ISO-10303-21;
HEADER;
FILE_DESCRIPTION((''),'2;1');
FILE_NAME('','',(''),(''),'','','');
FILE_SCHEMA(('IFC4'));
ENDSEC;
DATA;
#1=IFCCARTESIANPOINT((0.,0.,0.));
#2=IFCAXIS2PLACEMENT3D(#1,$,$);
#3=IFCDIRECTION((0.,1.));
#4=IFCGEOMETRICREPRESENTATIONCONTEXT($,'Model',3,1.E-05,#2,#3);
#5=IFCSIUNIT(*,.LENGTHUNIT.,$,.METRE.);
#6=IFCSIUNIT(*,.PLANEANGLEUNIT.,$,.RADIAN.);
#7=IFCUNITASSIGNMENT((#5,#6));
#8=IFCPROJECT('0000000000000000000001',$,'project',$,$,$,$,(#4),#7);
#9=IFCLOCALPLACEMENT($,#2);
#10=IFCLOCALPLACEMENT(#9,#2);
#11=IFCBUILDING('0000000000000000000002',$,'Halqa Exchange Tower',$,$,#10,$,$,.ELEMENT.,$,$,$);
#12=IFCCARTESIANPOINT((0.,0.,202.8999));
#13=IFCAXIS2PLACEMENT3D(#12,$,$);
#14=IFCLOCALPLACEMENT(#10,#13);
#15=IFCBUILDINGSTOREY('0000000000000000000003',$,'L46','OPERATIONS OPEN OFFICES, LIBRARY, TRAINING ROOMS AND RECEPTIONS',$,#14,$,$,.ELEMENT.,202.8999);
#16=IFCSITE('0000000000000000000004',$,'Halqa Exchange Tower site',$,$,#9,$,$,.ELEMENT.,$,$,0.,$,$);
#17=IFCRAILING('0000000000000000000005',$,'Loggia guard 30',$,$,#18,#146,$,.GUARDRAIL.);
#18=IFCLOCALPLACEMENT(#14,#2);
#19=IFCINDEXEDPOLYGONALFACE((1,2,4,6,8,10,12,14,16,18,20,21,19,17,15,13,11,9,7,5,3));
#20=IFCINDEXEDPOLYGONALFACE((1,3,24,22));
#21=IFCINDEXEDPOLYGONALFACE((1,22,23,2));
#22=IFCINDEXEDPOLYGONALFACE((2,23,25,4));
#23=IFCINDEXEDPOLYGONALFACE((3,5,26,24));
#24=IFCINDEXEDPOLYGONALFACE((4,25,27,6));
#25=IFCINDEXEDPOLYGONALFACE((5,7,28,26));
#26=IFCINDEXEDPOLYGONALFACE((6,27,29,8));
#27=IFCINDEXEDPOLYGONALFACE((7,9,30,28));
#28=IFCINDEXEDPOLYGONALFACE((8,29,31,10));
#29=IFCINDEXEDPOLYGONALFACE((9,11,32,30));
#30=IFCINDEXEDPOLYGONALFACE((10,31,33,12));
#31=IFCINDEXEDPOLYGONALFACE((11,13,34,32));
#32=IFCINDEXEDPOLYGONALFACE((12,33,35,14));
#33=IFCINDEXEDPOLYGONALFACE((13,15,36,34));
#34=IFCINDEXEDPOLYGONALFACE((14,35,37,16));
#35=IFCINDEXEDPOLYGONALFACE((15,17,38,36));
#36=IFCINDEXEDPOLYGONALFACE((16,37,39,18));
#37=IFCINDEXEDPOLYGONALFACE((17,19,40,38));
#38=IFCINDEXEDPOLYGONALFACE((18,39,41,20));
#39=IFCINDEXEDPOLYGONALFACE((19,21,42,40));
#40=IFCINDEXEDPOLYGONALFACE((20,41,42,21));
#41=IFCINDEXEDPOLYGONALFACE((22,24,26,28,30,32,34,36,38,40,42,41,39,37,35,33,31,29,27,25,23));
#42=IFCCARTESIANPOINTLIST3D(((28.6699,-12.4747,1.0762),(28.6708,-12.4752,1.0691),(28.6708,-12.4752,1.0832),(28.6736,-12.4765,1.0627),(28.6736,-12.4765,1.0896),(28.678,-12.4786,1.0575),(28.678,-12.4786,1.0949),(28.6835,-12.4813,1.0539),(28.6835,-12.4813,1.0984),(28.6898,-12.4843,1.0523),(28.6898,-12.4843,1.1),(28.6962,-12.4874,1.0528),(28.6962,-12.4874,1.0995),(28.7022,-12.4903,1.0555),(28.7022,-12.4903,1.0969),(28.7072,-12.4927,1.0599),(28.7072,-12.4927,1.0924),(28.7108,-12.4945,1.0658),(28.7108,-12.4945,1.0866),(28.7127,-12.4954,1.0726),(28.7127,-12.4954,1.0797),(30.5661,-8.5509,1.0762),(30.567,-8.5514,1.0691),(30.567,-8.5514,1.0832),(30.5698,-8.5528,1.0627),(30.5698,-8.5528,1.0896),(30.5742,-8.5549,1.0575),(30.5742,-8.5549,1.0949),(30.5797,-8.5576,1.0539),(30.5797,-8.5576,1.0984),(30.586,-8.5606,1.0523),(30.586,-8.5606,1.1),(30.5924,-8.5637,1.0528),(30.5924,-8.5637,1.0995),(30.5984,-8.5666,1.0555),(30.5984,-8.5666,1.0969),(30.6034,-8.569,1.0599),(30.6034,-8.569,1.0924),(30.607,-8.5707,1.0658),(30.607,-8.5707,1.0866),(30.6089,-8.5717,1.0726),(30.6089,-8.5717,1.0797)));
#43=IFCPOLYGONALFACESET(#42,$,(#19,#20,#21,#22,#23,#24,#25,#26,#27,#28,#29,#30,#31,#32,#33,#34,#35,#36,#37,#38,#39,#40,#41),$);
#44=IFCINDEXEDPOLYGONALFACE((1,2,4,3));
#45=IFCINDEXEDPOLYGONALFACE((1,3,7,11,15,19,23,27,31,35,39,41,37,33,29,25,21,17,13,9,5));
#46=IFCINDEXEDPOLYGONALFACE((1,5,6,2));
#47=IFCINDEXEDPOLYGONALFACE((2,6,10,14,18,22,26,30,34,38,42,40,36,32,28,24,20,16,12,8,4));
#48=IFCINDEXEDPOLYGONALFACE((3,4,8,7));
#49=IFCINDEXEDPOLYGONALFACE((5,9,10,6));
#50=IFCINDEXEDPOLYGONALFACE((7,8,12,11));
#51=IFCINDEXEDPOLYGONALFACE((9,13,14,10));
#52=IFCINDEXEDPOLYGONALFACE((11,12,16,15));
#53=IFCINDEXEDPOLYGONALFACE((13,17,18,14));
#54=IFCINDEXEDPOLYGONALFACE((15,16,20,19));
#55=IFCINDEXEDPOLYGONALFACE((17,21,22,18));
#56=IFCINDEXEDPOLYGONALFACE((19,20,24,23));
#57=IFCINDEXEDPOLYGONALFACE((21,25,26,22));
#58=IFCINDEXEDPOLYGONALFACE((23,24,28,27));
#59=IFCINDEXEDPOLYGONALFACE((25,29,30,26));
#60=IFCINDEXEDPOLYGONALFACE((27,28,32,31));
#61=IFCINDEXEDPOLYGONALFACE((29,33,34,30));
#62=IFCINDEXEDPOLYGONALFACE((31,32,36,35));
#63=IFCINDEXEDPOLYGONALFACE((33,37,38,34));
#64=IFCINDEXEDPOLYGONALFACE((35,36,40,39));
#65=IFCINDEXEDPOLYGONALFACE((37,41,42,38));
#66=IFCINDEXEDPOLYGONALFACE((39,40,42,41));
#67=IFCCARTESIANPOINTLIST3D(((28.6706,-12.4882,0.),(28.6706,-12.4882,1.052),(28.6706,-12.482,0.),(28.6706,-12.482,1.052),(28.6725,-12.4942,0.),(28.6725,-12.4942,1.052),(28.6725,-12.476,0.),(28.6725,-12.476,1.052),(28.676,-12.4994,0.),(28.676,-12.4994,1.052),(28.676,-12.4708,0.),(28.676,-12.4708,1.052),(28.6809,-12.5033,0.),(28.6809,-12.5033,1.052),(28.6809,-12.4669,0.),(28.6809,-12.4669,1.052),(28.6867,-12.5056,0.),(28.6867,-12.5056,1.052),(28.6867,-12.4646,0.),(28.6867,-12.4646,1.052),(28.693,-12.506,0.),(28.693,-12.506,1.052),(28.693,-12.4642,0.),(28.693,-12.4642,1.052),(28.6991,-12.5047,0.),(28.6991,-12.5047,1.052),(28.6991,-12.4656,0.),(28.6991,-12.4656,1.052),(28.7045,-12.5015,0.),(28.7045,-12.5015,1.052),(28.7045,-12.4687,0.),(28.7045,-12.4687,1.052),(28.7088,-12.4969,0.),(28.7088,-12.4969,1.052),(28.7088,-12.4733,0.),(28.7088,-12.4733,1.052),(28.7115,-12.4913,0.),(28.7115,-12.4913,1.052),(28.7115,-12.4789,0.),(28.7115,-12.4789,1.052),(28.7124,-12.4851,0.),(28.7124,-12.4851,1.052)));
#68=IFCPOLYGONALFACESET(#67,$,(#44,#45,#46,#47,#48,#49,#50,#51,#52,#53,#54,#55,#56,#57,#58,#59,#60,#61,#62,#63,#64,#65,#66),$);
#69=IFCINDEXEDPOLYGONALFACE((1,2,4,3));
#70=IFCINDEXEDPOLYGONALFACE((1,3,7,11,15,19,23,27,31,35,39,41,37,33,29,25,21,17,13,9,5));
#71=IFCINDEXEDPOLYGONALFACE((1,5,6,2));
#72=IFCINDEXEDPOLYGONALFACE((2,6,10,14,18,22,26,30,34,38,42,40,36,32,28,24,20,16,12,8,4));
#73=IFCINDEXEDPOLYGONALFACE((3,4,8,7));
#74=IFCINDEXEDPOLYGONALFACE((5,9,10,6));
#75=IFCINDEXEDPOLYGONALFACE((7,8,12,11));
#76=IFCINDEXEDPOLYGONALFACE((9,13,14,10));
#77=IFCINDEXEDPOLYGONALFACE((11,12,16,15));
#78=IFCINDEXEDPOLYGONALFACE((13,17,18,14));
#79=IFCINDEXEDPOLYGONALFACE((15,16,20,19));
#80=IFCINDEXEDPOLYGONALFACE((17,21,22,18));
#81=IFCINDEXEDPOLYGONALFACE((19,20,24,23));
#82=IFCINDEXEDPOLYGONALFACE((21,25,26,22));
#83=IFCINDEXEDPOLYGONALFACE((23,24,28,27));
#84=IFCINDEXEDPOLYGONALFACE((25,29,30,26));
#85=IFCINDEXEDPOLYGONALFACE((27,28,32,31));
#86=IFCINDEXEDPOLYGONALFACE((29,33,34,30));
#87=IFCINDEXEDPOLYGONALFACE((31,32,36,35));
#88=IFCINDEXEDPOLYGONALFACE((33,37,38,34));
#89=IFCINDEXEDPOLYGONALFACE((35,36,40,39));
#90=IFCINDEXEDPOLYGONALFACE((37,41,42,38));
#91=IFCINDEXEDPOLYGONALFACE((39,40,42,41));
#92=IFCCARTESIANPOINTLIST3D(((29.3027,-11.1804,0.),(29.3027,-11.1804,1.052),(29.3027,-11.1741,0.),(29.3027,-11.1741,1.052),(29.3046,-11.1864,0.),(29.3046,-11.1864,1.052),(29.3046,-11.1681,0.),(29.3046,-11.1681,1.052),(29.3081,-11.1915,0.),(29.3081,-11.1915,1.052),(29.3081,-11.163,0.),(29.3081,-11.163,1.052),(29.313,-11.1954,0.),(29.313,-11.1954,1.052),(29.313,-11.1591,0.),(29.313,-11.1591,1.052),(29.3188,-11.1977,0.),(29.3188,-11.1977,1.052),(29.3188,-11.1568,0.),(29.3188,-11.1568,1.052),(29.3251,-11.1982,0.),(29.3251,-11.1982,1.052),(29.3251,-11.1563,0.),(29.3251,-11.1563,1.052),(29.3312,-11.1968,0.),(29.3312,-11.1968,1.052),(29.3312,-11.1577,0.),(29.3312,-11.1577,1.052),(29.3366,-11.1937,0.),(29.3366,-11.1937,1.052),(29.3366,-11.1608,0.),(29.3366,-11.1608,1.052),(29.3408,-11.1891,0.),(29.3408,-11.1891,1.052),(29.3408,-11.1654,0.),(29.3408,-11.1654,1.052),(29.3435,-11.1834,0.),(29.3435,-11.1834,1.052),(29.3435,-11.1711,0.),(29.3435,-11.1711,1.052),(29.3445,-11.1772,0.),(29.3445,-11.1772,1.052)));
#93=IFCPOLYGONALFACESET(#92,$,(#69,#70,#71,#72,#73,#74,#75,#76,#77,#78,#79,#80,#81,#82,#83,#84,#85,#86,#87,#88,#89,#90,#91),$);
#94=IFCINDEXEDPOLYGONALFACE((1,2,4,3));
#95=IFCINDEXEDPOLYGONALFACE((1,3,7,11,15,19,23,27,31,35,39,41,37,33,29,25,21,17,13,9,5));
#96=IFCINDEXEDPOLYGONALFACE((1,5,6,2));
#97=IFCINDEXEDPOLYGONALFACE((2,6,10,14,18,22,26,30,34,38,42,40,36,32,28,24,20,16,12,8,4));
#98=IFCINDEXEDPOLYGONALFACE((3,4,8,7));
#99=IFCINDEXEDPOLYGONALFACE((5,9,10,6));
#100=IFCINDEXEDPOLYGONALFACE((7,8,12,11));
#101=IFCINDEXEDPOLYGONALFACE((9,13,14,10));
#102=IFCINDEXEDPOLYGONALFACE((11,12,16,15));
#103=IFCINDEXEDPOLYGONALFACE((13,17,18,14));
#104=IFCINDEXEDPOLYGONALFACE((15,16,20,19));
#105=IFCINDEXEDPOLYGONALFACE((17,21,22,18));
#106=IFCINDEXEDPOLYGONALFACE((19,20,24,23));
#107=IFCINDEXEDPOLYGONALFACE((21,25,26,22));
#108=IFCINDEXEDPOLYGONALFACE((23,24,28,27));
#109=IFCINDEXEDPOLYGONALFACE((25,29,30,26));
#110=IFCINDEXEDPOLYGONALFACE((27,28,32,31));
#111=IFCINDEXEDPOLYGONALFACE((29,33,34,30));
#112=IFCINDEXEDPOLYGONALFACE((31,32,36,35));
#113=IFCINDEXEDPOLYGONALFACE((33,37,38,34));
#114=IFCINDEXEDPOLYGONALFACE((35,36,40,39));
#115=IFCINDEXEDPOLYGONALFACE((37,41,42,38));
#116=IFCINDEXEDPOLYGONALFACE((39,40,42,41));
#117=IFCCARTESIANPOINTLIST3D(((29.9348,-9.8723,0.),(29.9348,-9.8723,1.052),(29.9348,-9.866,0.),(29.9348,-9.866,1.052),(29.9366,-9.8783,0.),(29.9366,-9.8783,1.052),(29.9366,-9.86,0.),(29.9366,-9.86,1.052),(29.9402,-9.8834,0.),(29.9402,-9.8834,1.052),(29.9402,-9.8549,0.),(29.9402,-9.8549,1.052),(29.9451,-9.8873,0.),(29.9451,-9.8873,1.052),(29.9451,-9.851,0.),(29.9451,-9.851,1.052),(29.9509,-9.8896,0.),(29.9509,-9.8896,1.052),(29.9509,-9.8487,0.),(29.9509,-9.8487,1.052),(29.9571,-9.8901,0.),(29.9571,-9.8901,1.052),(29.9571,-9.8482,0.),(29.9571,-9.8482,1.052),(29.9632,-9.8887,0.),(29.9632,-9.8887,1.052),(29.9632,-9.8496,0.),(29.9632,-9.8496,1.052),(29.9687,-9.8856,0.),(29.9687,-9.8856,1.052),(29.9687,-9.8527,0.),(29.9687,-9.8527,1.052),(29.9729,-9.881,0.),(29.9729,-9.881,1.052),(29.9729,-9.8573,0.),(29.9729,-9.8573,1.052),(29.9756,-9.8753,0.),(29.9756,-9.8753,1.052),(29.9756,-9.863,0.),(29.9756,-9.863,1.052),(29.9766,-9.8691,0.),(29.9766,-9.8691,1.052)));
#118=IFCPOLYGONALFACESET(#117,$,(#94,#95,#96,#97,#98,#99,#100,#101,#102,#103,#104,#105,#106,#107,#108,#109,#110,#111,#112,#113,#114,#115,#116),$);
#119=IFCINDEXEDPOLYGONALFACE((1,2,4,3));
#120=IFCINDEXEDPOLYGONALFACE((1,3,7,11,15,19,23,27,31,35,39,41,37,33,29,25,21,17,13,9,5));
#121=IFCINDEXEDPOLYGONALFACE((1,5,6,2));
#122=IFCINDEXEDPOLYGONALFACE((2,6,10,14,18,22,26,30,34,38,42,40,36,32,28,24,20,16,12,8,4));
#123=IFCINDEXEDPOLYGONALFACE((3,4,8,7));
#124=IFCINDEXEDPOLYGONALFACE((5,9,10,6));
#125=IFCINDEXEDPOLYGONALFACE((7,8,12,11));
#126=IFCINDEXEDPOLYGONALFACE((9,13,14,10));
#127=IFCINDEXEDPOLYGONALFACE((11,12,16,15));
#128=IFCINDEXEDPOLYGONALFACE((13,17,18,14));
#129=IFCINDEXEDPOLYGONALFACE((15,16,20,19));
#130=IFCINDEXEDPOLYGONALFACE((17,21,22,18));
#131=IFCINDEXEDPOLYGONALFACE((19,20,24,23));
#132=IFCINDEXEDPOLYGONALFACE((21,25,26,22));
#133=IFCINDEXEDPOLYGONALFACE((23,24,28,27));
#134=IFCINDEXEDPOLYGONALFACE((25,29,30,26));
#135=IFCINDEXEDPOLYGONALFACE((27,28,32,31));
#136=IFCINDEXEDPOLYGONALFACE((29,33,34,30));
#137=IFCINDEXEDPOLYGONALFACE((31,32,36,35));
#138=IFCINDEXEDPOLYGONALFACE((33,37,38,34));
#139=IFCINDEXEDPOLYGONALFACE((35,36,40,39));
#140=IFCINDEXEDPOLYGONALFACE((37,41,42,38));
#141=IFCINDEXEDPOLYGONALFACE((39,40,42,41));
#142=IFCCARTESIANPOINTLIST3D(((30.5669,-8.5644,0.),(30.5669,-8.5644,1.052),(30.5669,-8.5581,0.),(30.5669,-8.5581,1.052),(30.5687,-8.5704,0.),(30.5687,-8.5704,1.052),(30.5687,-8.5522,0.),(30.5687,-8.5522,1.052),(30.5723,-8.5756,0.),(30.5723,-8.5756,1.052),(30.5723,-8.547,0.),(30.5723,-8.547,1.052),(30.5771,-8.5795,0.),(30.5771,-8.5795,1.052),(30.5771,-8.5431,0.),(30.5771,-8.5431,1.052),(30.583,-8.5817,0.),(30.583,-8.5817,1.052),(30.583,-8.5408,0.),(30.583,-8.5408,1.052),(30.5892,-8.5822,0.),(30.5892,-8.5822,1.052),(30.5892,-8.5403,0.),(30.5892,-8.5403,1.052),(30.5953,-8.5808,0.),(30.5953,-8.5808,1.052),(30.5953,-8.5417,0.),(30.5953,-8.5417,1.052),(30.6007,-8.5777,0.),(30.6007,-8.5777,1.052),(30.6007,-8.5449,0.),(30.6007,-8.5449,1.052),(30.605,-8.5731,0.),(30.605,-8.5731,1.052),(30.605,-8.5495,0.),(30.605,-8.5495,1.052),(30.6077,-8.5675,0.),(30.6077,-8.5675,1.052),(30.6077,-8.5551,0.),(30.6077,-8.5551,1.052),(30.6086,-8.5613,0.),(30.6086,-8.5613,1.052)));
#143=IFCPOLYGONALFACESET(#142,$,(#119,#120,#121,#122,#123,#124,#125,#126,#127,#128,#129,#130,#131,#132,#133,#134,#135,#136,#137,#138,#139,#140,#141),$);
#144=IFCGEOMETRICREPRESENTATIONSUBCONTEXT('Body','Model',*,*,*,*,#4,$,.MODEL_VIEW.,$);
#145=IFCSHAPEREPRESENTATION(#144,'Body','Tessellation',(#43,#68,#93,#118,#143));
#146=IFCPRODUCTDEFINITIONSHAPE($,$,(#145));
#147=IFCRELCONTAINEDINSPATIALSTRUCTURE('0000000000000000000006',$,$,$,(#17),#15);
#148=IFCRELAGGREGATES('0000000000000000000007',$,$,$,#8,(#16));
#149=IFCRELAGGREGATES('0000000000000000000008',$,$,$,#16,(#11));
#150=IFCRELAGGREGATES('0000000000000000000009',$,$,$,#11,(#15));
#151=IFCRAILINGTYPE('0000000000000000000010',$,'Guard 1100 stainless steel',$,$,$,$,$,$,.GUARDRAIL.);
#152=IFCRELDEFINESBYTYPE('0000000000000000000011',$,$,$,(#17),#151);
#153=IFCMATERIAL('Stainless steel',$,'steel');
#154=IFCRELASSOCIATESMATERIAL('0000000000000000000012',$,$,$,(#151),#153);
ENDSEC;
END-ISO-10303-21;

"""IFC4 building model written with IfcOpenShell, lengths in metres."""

from ifc_helpers import new_model, si_unit, direction, frame, origin, origin_2d, place, context, subcontext, project, spatial, circle, extrude, material, type_object, element, save


model = new_model("IFC4")

# Units and contexts
model_context = context("Model", 3, precision=1e-05, world=origin(), true_north=direction((0.0, 1.0)))
body_context = subcontext(model_context, "Body", "Model", "MODEL_VIEW")
ifc_project = project(units=[si_unit("LENGTHUNIT", "METRE"), si_unit("PLANEANGLEUNIT", "RADIAN")], contexts=[model_context])

# Site, building, storey
site_placement = place(None, origin())
site = spatial("IfcSite", under=ifc_project, at=site_placement, Name="Halqa Exchange Tower site", CompositionType="ELEMENT", RefElevation=0.0)
building_placement = place(site_placement, origin())
building = spatial("IfcBuilding", under=site, at=building_placement, Name="Halqa Exchange Tower", CompositionType="ELEMENT")
storey_placement = place(building_placement, frame((0.0, 0.0, 202.8999)))
storey = spatial("IfcBuildingStorey", under=building, at=storey_placement, Name="L46", Description="OPERATIONS OPEN OFFICES, LIBRARY, TRAINING ROOMS AND RECEPTIONS", CompositionType="ELEMENT", Elevation=202.8999)

# Railing
ifc_material_1 = material(Name="Stainless steel", Category="steel")
railing_type = type_object("IfcRailingType", Name="Guard 1100 stainless steel", PredefinedType="GUARDRAIL", material=ifc_material_1)
railing_1_placement = place(storey_placement, frame((28.6914, -12.4851, 0.0)))
element("IfcRailing", 1, at=railing_1_placement, inside=storey, type_object=railing_type, Name="Loggia guard 30", PredefinedType="GUARDRAIL", context=body_context, shape_type="SweptSolid", body=[
    extrude(circle(Radius=0.0239, at=origin_2d()), frame((0.0, 0.0, 1.0762), z_axis=(0.435117, 0.900374, 0.0), x_axis=(-0.900374, 0.435117, 0.0)), (0.0, 0.0, 1.0), 4.3579),
    extrude(circle(Radius=0.021, at=origin_2d()), origin(), (0.0, 0.0, 1.0), 1.052),
    extrude(circle(Radius=0.021, at=origin_2d()), frame((0.6321, 1.3079, 0.0)), (0.0, 0.0, 1.0), 1.052),
    extrude(circle(Radius=0.021, at=origin_2d()), frame((1.2642, 2.616, 0.0)), (0.0, 0.0, 1.0), 1.052),
    extrude(circle(Radius=0.021, at=origin_2d()), frame((1.8962, 3.9238, 0.0)), (0.0, 0.0, 1.0), 1.052),
])

save(model, "model.ifc")
